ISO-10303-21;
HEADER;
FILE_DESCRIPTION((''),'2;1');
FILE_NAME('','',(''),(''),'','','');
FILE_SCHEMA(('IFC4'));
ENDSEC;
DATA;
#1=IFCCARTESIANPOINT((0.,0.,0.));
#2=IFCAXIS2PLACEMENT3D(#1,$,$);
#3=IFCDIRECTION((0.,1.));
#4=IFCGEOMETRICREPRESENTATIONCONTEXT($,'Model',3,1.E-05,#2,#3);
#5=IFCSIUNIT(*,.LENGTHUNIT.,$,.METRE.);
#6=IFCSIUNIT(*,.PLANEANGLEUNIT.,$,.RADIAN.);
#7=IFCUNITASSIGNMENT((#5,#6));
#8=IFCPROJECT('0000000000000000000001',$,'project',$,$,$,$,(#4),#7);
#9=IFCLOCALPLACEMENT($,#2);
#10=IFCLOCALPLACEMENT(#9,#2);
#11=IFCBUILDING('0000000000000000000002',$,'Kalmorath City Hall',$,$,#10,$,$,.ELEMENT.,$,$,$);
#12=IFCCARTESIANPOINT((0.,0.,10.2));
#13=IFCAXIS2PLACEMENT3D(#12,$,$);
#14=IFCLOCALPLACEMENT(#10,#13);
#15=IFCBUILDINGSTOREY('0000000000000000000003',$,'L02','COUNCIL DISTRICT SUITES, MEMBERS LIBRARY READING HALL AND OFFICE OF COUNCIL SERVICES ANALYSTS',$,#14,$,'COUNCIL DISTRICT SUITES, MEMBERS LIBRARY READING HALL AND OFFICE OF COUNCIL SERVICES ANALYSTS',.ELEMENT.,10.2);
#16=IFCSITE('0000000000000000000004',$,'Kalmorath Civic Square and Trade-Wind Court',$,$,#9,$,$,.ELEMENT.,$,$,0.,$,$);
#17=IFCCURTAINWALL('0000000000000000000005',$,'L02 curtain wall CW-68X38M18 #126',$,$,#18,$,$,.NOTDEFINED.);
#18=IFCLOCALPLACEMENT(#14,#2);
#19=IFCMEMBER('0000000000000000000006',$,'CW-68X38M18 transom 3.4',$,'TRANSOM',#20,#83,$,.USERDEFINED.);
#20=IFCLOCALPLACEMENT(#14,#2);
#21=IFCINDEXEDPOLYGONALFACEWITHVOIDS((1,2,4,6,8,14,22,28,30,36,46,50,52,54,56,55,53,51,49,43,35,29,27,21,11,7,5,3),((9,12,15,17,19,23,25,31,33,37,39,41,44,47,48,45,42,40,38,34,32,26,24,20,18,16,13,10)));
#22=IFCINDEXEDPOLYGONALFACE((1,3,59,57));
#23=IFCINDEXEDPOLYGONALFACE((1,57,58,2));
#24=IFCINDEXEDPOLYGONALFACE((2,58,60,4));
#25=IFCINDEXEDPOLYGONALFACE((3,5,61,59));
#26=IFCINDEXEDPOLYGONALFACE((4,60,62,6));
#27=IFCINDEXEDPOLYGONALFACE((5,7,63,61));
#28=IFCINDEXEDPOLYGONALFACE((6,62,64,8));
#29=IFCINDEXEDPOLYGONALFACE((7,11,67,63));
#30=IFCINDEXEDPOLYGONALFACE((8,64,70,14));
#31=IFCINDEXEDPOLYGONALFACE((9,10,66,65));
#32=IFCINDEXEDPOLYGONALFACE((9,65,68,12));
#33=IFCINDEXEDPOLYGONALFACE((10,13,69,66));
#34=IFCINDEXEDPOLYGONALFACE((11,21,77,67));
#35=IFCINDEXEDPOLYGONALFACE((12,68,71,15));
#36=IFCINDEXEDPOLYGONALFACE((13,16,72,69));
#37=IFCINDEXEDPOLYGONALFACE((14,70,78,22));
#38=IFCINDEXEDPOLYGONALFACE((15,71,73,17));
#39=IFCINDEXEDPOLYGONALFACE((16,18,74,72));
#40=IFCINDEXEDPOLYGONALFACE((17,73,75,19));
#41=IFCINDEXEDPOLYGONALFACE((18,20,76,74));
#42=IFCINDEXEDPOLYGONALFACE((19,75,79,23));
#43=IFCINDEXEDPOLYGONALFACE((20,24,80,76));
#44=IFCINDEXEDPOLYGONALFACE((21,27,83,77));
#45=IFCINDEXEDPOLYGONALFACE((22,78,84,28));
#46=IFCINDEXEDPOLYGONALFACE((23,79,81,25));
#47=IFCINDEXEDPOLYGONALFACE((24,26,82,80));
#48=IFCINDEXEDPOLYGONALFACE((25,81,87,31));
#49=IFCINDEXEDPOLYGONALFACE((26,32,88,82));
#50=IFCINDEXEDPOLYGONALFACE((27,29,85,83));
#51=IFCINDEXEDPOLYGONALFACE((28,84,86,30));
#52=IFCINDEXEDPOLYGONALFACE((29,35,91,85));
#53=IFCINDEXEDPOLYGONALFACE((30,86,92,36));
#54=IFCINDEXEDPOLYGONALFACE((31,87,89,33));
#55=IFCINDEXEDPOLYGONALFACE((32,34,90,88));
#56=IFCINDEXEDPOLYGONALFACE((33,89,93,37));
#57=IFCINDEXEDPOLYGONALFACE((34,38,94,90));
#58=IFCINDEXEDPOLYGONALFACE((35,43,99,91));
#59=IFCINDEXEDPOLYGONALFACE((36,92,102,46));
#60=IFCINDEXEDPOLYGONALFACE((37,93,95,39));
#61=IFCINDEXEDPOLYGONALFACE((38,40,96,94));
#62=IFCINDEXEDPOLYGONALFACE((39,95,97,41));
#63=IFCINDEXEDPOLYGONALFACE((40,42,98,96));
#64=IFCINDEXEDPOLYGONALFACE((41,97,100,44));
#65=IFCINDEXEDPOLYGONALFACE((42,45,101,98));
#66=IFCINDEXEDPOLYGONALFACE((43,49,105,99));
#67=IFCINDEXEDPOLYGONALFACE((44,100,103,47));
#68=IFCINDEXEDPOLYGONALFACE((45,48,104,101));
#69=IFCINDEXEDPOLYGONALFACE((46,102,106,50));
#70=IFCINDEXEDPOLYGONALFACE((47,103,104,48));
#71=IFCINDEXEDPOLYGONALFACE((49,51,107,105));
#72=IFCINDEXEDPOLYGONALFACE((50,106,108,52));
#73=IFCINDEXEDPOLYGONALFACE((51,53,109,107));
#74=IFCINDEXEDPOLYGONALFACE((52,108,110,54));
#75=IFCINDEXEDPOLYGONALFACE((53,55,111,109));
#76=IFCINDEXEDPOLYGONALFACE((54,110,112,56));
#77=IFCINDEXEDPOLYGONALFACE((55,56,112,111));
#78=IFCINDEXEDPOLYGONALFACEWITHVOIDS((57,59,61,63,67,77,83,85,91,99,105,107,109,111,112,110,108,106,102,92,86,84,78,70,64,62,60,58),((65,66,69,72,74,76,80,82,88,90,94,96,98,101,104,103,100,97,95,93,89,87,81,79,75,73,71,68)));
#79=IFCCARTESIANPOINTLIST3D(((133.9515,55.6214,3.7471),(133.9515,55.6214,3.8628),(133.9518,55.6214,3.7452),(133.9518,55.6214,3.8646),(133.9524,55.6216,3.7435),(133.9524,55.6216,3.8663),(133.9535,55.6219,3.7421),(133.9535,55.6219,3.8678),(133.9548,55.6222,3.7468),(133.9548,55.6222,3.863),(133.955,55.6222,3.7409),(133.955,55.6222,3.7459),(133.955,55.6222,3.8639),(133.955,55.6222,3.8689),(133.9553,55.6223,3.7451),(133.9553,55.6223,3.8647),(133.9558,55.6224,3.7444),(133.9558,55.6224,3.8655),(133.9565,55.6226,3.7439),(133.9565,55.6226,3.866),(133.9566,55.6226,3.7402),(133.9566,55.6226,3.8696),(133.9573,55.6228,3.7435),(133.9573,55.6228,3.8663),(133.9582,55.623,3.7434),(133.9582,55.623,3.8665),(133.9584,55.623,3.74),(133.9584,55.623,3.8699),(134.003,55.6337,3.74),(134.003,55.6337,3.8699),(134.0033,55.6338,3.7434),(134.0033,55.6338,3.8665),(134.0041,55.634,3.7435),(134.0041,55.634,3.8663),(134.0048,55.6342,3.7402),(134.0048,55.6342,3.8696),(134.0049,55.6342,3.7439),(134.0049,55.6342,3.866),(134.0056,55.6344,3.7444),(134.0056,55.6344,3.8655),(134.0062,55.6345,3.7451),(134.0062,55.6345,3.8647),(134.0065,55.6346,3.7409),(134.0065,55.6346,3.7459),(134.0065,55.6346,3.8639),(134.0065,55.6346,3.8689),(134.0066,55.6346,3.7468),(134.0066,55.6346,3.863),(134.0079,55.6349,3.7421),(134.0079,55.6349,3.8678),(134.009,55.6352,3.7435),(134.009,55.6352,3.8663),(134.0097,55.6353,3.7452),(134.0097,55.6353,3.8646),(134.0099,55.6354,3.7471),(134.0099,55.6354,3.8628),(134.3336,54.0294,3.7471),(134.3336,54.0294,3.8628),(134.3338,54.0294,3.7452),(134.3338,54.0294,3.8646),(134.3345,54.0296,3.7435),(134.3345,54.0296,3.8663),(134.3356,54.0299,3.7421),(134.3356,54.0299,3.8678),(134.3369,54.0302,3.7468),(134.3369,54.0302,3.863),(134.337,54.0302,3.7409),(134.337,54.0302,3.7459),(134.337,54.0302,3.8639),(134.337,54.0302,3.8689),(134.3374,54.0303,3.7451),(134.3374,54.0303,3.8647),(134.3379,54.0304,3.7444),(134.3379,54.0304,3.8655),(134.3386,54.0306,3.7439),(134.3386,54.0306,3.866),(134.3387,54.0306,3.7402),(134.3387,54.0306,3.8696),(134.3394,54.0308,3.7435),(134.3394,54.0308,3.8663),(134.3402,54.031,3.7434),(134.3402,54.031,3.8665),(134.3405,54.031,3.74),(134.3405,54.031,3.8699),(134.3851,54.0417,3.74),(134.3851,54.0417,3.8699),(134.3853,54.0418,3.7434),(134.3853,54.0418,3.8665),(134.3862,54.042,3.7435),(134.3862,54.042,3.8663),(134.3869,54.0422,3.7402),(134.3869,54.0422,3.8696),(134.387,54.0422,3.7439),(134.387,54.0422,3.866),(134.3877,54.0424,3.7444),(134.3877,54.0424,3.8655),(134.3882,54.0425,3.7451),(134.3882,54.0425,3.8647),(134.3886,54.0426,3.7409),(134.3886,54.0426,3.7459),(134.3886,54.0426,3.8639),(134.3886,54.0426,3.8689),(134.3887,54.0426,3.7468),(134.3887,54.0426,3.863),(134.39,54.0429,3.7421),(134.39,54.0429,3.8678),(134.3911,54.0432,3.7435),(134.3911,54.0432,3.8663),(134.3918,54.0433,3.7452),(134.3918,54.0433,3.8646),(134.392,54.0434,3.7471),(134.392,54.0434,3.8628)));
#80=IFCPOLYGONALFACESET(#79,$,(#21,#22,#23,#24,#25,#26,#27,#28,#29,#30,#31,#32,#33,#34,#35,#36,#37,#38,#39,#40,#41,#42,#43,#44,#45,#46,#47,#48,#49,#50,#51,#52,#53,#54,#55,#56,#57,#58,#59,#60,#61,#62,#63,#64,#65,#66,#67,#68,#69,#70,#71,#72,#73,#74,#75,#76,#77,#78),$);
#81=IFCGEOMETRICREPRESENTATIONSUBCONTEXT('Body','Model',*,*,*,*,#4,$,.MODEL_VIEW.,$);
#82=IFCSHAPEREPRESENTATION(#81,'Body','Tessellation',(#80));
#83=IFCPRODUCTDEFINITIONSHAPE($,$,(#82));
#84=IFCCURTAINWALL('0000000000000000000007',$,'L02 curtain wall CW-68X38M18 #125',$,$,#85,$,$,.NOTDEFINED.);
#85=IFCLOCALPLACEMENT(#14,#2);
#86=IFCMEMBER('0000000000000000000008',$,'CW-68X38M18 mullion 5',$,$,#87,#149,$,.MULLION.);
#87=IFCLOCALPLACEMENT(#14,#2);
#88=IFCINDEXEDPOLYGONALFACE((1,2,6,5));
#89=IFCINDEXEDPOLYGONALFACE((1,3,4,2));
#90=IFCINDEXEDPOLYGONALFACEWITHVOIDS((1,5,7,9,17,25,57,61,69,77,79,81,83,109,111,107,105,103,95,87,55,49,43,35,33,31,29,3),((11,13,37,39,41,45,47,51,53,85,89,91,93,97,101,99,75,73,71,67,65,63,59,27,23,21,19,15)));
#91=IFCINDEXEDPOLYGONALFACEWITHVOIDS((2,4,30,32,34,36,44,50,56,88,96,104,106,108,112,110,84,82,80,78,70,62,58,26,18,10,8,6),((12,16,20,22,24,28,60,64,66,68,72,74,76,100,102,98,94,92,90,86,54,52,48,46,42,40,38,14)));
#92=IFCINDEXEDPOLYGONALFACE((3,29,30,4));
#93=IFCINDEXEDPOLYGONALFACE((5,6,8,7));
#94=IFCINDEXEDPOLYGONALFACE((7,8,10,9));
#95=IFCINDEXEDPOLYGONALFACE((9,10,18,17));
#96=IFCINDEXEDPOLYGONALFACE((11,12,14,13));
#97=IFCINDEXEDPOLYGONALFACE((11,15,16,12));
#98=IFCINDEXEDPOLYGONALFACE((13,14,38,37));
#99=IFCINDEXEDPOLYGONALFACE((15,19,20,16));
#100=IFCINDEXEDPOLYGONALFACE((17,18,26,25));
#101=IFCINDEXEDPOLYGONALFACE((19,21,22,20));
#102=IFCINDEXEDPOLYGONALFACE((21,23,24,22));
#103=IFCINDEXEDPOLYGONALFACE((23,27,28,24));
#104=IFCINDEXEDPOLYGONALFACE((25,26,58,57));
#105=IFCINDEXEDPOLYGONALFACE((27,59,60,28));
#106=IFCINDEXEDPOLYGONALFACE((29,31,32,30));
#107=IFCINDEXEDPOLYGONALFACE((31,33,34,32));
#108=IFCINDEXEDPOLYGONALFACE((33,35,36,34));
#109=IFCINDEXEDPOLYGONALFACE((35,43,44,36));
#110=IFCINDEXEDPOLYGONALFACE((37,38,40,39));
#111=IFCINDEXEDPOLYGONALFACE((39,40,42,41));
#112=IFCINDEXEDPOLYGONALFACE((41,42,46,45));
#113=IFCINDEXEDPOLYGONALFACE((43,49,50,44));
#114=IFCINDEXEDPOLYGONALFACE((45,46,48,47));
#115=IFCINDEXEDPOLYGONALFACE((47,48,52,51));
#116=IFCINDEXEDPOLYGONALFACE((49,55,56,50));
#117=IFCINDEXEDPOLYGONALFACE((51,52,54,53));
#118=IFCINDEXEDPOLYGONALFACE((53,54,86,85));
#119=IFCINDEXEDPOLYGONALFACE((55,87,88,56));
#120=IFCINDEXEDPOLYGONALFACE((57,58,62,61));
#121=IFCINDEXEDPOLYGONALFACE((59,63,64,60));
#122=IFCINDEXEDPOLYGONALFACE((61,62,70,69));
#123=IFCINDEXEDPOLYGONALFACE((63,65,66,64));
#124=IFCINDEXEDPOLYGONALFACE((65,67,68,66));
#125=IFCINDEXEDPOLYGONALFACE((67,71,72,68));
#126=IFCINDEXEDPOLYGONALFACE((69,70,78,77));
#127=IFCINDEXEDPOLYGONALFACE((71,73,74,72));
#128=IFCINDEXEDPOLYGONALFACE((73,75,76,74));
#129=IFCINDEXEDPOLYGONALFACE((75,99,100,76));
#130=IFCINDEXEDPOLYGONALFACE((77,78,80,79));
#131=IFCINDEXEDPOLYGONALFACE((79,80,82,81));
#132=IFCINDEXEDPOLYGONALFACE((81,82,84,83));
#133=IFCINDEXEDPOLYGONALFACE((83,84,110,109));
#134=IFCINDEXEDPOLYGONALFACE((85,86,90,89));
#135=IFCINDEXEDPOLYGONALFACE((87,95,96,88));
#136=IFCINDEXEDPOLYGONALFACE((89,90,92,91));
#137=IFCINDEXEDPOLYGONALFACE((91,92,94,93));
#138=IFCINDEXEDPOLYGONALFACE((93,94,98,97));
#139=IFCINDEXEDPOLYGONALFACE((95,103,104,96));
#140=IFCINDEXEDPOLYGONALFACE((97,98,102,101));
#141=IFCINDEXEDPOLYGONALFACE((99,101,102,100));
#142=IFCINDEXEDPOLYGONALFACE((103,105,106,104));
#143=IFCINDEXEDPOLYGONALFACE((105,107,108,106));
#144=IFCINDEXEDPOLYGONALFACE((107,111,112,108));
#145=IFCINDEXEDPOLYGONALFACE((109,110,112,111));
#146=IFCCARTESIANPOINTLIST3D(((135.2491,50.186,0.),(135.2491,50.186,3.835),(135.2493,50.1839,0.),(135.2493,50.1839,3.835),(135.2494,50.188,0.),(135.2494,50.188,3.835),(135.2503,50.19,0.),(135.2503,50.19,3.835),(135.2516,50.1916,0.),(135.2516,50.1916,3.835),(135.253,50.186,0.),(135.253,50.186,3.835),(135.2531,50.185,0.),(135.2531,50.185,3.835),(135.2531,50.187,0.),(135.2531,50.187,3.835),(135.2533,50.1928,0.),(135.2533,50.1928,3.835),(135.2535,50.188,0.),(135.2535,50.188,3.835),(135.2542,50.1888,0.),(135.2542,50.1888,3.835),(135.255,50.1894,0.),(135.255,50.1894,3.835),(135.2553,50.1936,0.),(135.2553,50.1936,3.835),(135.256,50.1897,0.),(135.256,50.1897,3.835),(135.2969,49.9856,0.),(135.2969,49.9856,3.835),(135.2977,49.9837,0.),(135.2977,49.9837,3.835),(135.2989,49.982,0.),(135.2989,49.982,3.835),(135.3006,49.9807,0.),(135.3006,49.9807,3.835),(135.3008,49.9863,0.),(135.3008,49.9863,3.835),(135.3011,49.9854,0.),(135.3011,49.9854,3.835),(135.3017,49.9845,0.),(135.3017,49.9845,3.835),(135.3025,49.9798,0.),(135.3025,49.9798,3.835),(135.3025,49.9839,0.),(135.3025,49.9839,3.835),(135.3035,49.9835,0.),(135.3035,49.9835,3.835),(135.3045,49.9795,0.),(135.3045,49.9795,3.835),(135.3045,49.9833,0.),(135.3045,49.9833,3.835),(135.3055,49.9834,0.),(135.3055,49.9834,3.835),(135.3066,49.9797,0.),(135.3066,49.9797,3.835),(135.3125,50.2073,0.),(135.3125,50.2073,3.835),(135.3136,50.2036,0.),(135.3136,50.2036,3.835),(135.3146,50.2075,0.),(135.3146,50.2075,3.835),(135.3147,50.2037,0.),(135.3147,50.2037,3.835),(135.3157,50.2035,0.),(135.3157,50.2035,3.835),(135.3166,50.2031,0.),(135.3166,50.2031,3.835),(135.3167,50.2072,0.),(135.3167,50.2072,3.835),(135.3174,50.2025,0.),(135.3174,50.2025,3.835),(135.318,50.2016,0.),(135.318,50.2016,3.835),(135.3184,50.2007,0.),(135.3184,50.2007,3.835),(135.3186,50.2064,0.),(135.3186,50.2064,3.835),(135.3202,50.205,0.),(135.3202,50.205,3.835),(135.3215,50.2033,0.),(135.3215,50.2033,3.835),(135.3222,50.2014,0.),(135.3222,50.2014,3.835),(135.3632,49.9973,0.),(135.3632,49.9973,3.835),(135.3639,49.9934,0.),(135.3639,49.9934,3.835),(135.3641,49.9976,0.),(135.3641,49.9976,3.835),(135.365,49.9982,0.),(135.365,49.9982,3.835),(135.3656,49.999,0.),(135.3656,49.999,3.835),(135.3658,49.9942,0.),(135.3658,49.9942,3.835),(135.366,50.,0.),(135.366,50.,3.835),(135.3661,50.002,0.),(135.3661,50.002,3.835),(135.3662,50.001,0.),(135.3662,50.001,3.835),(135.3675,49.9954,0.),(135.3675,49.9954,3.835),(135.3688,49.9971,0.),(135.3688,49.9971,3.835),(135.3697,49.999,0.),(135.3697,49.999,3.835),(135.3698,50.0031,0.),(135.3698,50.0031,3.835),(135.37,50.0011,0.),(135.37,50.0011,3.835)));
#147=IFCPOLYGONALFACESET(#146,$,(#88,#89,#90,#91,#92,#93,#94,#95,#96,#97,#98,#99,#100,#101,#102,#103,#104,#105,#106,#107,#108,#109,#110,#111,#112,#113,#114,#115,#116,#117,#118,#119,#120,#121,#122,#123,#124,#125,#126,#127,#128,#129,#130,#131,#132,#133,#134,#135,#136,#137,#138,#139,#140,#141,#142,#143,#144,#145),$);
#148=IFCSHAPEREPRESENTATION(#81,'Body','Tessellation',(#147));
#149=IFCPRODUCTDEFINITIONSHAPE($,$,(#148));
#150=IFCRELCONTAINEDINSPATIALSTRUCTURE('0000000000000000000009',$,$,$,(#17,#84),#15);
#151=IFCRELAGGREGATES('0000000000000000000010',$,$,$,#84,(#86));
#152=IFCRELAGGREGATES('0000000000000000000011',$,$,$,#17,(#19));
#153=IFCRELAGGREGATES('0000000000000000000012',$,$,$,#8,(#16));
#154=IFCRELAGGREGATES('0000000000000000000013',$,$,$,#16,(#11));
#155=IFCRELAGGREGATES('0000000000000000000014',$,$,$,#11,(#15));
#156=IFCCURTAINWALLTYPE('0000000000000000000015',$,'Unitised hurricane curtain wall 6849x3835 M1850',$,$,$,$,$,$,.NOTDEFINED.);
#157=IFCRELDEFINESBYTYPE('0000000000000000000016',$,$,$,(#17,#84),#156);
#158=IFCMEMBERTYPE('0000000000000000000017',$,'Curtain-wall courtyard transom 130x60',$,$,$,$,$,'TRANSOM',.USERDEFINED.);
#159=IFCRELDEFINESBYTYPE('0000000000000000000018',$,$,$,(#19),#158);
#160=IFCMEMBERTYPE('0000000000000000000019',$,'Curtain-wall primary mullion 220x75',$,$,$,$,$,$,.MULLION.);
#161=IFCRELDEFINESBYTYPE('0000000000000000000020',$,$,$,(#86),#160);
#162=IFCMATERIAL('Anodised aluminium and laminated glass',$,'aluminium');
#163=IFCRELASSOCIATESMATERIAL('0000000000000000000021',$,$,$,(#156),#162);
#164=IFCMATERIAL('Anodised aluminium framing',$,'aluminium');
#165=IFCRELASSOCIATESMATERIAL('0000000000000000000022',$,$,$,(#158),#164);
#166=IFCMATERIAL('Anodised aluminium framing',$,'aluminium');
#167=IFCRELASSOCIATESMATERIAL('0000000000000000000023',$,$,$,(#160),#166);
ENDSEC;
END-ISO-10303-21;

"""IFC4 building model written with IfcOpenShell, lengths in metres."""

from ifc_helpers import new_model, si_unit, direction, frame, origin, origin_2d, place, context, subcontext, project, spatial, hollow_rectangle, extrude, material, material_profile, profile_set, type_object, element, aggregate, save


model = new_model("IFC4")

# Units and contexts
model_context = context("Model", 3, precision=1e-05, world=origin(), true_north=direction((0.0, 1.0)))
body_context = subcontext(model_context, "Body", "Model", "MODEL_VIEW")
ifc_project = project(units=[si_unit("LENGTHUNIT", "METRE"), si_unit("PLANEANGLEUNIT", "RADIAN")], contexts=[model_context])

# Site, building, storey
site_placement = place(None, origin())
site = spatial("IfcSite", under=ifc_project, at=site_placement, Name="Kalmorath Civic Square and Trade-Wind Court", CompositionType="ELEMENT", RefElevation=0.0)
building_placement = place(site_placement, origin())
building = spatial("IfcBuilding", under=site, at=building_placement, Name="Kalmorath City Hall", CompositionType="ELEMENT")
storey_placement = place(building_placement, frame((0.0, 0.0, 10.2)))
storey = spatial("IfcBuildingStorey", under=building, at=storey_placement, Name="L02", Description="COUNCIL DISTRICT SUITES, MEMBERS LIBRARY READING HALL AND OFFICE OF COUNCIL SERVICES ANALYSTS", LongName="COUNCIL DISTRICT SUITES, MEMBERS LIBRARY READING HALL AND OFFICE OF COUNCIL SERVICES ANALYSTS", CompositionType="ELEMENT", Elevation=10.2)

# Curtain wall, member
ifc_material_1 = material(Name="Anodised aluminium and laminated glass", Category="aluminium")
curtain_wall_type = type_object("IfcCurtainWallType", Name="Unitised hurricane curtain wall 6849x3835 M1850", PredefinedType="NOTDEFINED", material=ifc_material_1)
curtain_wall_1_placement = place(storey_placement, origin())
curtain_wall_1 = element("IfcCurtainWall", 1, at=curtain_wall_1_placement, inside=storey, type_object=curtain_wall_type, Name="L02 curtain wall CW-68X38M18 #126", PredefinedType="NOTDEFINED")
ifc_material_2 = material(Name="Anodised aluminium framing", Category="aluminium")
ifc_material_profile_1 = material_profile(ifc_material_2, hollow_rectangle(XDim=0.0601, YDim=0.1299, WallThickness=0.0034, InnerFilletRadius=0.0034, OuterFilletRadius=0.0071, at=origin_2d()), Name="ALU-TRN-130X60X3.5")
ifc_profile_set_1 = profile_set([ifc_material_profile_1], Name="Anodised aluminium framing")
member_type_1 = type_object("IfcMemberType", Name="Curtain-wall courtyard transom 130x60", ElementType="TRANSOM", PredefinedType="USERDEFINED", material=ifc_profile_set_1)
member_1_placement = place(storey_placement, frame((134.3628, 54.0364, 3.8049), z_axis=(-0.233367, 0.972389, 0.0), x_axis=(-0.972389, -0.233367, 0.0)))
member_1 = element("IfcMember", 2, at=member_1_placement, type_object=member_type_1, Name="CW-68X38M18 transom 3.4", ObjectType="TRANSOM", PredefinedType="USERDEFINED", context=body_context, shape_type="SweptSolid", body=[
    extrude(hollow_rectangle(XDim=0.0601, YDim=0.1299, WallThickness=0.0034, InnerFilletRadius=0.0034, OuterFilletRadius=0.0071, at=origin_2d()), origin(), (0.0, 0.0, 1.0), 1.6372),
])

# Curtain wall, member
curtain_wall_2_placement = place(storey_placement, origin())
curtain_wall_2 = element("IfcCurtainWall", 3, at=curtain_wall_2_placement, inside=storey, type_object=curtain_wall_type, Name="L02 curtain wall CW-68X38M18 #125", PredefinedType="NOTDEFINED")
ifc_material_3 = material(Name="Anodised aluminium framing", Category="aluminium")
ifc_material_profile_2 = material_profile(ifc_material_3, hollow_rectangle(XDim=0.075, YDim=0.22, WallThickness=0.0039, InnerFilletRadius=0.0039, OuterFilletRadius=0.0081, at=origin_2d()), Name="ALU-MUL-220X75X4")
ifc_profile_set_2 = profile_set([ifc_material_profile_2], Name="Anodised aluminium framing")
member_type_2 = type_object("IfcMemberType", Name="Curtain-wall primary mullion 220x75", PredefinedType="MULLION", material=ifc_profile_set_2)
member_2_placement = place(storey_placement, frame((135.3096, 50.0935, 0.0), z_axis=(0.0, 0.0, 1.0), x_axis=(-0.972367, -0.233456, 0.0)))
member_2 = element("IfcMember", 4, at=member_2_placement, type_object=member_type_2, Name="CW-68X38M18 mullion 5", PredefinedType="MULLION", context=body_context, shape_type="SweptSolid", body=[
    extrude(hollow_rectangle(XDim=0.075, YDim=0.22, WallThickness=0.0039, InnerFilletRadius=0.0039, OuterFilletRadius=0.0081, at=origin_2d()), origin(), (0.0, 0.0, 1.0), 3.835),
])

aggregate(curtain_wall_2, [member_2])
aggregate(curtain_wall_1, [member_1])

save(model, "model.ifc")
